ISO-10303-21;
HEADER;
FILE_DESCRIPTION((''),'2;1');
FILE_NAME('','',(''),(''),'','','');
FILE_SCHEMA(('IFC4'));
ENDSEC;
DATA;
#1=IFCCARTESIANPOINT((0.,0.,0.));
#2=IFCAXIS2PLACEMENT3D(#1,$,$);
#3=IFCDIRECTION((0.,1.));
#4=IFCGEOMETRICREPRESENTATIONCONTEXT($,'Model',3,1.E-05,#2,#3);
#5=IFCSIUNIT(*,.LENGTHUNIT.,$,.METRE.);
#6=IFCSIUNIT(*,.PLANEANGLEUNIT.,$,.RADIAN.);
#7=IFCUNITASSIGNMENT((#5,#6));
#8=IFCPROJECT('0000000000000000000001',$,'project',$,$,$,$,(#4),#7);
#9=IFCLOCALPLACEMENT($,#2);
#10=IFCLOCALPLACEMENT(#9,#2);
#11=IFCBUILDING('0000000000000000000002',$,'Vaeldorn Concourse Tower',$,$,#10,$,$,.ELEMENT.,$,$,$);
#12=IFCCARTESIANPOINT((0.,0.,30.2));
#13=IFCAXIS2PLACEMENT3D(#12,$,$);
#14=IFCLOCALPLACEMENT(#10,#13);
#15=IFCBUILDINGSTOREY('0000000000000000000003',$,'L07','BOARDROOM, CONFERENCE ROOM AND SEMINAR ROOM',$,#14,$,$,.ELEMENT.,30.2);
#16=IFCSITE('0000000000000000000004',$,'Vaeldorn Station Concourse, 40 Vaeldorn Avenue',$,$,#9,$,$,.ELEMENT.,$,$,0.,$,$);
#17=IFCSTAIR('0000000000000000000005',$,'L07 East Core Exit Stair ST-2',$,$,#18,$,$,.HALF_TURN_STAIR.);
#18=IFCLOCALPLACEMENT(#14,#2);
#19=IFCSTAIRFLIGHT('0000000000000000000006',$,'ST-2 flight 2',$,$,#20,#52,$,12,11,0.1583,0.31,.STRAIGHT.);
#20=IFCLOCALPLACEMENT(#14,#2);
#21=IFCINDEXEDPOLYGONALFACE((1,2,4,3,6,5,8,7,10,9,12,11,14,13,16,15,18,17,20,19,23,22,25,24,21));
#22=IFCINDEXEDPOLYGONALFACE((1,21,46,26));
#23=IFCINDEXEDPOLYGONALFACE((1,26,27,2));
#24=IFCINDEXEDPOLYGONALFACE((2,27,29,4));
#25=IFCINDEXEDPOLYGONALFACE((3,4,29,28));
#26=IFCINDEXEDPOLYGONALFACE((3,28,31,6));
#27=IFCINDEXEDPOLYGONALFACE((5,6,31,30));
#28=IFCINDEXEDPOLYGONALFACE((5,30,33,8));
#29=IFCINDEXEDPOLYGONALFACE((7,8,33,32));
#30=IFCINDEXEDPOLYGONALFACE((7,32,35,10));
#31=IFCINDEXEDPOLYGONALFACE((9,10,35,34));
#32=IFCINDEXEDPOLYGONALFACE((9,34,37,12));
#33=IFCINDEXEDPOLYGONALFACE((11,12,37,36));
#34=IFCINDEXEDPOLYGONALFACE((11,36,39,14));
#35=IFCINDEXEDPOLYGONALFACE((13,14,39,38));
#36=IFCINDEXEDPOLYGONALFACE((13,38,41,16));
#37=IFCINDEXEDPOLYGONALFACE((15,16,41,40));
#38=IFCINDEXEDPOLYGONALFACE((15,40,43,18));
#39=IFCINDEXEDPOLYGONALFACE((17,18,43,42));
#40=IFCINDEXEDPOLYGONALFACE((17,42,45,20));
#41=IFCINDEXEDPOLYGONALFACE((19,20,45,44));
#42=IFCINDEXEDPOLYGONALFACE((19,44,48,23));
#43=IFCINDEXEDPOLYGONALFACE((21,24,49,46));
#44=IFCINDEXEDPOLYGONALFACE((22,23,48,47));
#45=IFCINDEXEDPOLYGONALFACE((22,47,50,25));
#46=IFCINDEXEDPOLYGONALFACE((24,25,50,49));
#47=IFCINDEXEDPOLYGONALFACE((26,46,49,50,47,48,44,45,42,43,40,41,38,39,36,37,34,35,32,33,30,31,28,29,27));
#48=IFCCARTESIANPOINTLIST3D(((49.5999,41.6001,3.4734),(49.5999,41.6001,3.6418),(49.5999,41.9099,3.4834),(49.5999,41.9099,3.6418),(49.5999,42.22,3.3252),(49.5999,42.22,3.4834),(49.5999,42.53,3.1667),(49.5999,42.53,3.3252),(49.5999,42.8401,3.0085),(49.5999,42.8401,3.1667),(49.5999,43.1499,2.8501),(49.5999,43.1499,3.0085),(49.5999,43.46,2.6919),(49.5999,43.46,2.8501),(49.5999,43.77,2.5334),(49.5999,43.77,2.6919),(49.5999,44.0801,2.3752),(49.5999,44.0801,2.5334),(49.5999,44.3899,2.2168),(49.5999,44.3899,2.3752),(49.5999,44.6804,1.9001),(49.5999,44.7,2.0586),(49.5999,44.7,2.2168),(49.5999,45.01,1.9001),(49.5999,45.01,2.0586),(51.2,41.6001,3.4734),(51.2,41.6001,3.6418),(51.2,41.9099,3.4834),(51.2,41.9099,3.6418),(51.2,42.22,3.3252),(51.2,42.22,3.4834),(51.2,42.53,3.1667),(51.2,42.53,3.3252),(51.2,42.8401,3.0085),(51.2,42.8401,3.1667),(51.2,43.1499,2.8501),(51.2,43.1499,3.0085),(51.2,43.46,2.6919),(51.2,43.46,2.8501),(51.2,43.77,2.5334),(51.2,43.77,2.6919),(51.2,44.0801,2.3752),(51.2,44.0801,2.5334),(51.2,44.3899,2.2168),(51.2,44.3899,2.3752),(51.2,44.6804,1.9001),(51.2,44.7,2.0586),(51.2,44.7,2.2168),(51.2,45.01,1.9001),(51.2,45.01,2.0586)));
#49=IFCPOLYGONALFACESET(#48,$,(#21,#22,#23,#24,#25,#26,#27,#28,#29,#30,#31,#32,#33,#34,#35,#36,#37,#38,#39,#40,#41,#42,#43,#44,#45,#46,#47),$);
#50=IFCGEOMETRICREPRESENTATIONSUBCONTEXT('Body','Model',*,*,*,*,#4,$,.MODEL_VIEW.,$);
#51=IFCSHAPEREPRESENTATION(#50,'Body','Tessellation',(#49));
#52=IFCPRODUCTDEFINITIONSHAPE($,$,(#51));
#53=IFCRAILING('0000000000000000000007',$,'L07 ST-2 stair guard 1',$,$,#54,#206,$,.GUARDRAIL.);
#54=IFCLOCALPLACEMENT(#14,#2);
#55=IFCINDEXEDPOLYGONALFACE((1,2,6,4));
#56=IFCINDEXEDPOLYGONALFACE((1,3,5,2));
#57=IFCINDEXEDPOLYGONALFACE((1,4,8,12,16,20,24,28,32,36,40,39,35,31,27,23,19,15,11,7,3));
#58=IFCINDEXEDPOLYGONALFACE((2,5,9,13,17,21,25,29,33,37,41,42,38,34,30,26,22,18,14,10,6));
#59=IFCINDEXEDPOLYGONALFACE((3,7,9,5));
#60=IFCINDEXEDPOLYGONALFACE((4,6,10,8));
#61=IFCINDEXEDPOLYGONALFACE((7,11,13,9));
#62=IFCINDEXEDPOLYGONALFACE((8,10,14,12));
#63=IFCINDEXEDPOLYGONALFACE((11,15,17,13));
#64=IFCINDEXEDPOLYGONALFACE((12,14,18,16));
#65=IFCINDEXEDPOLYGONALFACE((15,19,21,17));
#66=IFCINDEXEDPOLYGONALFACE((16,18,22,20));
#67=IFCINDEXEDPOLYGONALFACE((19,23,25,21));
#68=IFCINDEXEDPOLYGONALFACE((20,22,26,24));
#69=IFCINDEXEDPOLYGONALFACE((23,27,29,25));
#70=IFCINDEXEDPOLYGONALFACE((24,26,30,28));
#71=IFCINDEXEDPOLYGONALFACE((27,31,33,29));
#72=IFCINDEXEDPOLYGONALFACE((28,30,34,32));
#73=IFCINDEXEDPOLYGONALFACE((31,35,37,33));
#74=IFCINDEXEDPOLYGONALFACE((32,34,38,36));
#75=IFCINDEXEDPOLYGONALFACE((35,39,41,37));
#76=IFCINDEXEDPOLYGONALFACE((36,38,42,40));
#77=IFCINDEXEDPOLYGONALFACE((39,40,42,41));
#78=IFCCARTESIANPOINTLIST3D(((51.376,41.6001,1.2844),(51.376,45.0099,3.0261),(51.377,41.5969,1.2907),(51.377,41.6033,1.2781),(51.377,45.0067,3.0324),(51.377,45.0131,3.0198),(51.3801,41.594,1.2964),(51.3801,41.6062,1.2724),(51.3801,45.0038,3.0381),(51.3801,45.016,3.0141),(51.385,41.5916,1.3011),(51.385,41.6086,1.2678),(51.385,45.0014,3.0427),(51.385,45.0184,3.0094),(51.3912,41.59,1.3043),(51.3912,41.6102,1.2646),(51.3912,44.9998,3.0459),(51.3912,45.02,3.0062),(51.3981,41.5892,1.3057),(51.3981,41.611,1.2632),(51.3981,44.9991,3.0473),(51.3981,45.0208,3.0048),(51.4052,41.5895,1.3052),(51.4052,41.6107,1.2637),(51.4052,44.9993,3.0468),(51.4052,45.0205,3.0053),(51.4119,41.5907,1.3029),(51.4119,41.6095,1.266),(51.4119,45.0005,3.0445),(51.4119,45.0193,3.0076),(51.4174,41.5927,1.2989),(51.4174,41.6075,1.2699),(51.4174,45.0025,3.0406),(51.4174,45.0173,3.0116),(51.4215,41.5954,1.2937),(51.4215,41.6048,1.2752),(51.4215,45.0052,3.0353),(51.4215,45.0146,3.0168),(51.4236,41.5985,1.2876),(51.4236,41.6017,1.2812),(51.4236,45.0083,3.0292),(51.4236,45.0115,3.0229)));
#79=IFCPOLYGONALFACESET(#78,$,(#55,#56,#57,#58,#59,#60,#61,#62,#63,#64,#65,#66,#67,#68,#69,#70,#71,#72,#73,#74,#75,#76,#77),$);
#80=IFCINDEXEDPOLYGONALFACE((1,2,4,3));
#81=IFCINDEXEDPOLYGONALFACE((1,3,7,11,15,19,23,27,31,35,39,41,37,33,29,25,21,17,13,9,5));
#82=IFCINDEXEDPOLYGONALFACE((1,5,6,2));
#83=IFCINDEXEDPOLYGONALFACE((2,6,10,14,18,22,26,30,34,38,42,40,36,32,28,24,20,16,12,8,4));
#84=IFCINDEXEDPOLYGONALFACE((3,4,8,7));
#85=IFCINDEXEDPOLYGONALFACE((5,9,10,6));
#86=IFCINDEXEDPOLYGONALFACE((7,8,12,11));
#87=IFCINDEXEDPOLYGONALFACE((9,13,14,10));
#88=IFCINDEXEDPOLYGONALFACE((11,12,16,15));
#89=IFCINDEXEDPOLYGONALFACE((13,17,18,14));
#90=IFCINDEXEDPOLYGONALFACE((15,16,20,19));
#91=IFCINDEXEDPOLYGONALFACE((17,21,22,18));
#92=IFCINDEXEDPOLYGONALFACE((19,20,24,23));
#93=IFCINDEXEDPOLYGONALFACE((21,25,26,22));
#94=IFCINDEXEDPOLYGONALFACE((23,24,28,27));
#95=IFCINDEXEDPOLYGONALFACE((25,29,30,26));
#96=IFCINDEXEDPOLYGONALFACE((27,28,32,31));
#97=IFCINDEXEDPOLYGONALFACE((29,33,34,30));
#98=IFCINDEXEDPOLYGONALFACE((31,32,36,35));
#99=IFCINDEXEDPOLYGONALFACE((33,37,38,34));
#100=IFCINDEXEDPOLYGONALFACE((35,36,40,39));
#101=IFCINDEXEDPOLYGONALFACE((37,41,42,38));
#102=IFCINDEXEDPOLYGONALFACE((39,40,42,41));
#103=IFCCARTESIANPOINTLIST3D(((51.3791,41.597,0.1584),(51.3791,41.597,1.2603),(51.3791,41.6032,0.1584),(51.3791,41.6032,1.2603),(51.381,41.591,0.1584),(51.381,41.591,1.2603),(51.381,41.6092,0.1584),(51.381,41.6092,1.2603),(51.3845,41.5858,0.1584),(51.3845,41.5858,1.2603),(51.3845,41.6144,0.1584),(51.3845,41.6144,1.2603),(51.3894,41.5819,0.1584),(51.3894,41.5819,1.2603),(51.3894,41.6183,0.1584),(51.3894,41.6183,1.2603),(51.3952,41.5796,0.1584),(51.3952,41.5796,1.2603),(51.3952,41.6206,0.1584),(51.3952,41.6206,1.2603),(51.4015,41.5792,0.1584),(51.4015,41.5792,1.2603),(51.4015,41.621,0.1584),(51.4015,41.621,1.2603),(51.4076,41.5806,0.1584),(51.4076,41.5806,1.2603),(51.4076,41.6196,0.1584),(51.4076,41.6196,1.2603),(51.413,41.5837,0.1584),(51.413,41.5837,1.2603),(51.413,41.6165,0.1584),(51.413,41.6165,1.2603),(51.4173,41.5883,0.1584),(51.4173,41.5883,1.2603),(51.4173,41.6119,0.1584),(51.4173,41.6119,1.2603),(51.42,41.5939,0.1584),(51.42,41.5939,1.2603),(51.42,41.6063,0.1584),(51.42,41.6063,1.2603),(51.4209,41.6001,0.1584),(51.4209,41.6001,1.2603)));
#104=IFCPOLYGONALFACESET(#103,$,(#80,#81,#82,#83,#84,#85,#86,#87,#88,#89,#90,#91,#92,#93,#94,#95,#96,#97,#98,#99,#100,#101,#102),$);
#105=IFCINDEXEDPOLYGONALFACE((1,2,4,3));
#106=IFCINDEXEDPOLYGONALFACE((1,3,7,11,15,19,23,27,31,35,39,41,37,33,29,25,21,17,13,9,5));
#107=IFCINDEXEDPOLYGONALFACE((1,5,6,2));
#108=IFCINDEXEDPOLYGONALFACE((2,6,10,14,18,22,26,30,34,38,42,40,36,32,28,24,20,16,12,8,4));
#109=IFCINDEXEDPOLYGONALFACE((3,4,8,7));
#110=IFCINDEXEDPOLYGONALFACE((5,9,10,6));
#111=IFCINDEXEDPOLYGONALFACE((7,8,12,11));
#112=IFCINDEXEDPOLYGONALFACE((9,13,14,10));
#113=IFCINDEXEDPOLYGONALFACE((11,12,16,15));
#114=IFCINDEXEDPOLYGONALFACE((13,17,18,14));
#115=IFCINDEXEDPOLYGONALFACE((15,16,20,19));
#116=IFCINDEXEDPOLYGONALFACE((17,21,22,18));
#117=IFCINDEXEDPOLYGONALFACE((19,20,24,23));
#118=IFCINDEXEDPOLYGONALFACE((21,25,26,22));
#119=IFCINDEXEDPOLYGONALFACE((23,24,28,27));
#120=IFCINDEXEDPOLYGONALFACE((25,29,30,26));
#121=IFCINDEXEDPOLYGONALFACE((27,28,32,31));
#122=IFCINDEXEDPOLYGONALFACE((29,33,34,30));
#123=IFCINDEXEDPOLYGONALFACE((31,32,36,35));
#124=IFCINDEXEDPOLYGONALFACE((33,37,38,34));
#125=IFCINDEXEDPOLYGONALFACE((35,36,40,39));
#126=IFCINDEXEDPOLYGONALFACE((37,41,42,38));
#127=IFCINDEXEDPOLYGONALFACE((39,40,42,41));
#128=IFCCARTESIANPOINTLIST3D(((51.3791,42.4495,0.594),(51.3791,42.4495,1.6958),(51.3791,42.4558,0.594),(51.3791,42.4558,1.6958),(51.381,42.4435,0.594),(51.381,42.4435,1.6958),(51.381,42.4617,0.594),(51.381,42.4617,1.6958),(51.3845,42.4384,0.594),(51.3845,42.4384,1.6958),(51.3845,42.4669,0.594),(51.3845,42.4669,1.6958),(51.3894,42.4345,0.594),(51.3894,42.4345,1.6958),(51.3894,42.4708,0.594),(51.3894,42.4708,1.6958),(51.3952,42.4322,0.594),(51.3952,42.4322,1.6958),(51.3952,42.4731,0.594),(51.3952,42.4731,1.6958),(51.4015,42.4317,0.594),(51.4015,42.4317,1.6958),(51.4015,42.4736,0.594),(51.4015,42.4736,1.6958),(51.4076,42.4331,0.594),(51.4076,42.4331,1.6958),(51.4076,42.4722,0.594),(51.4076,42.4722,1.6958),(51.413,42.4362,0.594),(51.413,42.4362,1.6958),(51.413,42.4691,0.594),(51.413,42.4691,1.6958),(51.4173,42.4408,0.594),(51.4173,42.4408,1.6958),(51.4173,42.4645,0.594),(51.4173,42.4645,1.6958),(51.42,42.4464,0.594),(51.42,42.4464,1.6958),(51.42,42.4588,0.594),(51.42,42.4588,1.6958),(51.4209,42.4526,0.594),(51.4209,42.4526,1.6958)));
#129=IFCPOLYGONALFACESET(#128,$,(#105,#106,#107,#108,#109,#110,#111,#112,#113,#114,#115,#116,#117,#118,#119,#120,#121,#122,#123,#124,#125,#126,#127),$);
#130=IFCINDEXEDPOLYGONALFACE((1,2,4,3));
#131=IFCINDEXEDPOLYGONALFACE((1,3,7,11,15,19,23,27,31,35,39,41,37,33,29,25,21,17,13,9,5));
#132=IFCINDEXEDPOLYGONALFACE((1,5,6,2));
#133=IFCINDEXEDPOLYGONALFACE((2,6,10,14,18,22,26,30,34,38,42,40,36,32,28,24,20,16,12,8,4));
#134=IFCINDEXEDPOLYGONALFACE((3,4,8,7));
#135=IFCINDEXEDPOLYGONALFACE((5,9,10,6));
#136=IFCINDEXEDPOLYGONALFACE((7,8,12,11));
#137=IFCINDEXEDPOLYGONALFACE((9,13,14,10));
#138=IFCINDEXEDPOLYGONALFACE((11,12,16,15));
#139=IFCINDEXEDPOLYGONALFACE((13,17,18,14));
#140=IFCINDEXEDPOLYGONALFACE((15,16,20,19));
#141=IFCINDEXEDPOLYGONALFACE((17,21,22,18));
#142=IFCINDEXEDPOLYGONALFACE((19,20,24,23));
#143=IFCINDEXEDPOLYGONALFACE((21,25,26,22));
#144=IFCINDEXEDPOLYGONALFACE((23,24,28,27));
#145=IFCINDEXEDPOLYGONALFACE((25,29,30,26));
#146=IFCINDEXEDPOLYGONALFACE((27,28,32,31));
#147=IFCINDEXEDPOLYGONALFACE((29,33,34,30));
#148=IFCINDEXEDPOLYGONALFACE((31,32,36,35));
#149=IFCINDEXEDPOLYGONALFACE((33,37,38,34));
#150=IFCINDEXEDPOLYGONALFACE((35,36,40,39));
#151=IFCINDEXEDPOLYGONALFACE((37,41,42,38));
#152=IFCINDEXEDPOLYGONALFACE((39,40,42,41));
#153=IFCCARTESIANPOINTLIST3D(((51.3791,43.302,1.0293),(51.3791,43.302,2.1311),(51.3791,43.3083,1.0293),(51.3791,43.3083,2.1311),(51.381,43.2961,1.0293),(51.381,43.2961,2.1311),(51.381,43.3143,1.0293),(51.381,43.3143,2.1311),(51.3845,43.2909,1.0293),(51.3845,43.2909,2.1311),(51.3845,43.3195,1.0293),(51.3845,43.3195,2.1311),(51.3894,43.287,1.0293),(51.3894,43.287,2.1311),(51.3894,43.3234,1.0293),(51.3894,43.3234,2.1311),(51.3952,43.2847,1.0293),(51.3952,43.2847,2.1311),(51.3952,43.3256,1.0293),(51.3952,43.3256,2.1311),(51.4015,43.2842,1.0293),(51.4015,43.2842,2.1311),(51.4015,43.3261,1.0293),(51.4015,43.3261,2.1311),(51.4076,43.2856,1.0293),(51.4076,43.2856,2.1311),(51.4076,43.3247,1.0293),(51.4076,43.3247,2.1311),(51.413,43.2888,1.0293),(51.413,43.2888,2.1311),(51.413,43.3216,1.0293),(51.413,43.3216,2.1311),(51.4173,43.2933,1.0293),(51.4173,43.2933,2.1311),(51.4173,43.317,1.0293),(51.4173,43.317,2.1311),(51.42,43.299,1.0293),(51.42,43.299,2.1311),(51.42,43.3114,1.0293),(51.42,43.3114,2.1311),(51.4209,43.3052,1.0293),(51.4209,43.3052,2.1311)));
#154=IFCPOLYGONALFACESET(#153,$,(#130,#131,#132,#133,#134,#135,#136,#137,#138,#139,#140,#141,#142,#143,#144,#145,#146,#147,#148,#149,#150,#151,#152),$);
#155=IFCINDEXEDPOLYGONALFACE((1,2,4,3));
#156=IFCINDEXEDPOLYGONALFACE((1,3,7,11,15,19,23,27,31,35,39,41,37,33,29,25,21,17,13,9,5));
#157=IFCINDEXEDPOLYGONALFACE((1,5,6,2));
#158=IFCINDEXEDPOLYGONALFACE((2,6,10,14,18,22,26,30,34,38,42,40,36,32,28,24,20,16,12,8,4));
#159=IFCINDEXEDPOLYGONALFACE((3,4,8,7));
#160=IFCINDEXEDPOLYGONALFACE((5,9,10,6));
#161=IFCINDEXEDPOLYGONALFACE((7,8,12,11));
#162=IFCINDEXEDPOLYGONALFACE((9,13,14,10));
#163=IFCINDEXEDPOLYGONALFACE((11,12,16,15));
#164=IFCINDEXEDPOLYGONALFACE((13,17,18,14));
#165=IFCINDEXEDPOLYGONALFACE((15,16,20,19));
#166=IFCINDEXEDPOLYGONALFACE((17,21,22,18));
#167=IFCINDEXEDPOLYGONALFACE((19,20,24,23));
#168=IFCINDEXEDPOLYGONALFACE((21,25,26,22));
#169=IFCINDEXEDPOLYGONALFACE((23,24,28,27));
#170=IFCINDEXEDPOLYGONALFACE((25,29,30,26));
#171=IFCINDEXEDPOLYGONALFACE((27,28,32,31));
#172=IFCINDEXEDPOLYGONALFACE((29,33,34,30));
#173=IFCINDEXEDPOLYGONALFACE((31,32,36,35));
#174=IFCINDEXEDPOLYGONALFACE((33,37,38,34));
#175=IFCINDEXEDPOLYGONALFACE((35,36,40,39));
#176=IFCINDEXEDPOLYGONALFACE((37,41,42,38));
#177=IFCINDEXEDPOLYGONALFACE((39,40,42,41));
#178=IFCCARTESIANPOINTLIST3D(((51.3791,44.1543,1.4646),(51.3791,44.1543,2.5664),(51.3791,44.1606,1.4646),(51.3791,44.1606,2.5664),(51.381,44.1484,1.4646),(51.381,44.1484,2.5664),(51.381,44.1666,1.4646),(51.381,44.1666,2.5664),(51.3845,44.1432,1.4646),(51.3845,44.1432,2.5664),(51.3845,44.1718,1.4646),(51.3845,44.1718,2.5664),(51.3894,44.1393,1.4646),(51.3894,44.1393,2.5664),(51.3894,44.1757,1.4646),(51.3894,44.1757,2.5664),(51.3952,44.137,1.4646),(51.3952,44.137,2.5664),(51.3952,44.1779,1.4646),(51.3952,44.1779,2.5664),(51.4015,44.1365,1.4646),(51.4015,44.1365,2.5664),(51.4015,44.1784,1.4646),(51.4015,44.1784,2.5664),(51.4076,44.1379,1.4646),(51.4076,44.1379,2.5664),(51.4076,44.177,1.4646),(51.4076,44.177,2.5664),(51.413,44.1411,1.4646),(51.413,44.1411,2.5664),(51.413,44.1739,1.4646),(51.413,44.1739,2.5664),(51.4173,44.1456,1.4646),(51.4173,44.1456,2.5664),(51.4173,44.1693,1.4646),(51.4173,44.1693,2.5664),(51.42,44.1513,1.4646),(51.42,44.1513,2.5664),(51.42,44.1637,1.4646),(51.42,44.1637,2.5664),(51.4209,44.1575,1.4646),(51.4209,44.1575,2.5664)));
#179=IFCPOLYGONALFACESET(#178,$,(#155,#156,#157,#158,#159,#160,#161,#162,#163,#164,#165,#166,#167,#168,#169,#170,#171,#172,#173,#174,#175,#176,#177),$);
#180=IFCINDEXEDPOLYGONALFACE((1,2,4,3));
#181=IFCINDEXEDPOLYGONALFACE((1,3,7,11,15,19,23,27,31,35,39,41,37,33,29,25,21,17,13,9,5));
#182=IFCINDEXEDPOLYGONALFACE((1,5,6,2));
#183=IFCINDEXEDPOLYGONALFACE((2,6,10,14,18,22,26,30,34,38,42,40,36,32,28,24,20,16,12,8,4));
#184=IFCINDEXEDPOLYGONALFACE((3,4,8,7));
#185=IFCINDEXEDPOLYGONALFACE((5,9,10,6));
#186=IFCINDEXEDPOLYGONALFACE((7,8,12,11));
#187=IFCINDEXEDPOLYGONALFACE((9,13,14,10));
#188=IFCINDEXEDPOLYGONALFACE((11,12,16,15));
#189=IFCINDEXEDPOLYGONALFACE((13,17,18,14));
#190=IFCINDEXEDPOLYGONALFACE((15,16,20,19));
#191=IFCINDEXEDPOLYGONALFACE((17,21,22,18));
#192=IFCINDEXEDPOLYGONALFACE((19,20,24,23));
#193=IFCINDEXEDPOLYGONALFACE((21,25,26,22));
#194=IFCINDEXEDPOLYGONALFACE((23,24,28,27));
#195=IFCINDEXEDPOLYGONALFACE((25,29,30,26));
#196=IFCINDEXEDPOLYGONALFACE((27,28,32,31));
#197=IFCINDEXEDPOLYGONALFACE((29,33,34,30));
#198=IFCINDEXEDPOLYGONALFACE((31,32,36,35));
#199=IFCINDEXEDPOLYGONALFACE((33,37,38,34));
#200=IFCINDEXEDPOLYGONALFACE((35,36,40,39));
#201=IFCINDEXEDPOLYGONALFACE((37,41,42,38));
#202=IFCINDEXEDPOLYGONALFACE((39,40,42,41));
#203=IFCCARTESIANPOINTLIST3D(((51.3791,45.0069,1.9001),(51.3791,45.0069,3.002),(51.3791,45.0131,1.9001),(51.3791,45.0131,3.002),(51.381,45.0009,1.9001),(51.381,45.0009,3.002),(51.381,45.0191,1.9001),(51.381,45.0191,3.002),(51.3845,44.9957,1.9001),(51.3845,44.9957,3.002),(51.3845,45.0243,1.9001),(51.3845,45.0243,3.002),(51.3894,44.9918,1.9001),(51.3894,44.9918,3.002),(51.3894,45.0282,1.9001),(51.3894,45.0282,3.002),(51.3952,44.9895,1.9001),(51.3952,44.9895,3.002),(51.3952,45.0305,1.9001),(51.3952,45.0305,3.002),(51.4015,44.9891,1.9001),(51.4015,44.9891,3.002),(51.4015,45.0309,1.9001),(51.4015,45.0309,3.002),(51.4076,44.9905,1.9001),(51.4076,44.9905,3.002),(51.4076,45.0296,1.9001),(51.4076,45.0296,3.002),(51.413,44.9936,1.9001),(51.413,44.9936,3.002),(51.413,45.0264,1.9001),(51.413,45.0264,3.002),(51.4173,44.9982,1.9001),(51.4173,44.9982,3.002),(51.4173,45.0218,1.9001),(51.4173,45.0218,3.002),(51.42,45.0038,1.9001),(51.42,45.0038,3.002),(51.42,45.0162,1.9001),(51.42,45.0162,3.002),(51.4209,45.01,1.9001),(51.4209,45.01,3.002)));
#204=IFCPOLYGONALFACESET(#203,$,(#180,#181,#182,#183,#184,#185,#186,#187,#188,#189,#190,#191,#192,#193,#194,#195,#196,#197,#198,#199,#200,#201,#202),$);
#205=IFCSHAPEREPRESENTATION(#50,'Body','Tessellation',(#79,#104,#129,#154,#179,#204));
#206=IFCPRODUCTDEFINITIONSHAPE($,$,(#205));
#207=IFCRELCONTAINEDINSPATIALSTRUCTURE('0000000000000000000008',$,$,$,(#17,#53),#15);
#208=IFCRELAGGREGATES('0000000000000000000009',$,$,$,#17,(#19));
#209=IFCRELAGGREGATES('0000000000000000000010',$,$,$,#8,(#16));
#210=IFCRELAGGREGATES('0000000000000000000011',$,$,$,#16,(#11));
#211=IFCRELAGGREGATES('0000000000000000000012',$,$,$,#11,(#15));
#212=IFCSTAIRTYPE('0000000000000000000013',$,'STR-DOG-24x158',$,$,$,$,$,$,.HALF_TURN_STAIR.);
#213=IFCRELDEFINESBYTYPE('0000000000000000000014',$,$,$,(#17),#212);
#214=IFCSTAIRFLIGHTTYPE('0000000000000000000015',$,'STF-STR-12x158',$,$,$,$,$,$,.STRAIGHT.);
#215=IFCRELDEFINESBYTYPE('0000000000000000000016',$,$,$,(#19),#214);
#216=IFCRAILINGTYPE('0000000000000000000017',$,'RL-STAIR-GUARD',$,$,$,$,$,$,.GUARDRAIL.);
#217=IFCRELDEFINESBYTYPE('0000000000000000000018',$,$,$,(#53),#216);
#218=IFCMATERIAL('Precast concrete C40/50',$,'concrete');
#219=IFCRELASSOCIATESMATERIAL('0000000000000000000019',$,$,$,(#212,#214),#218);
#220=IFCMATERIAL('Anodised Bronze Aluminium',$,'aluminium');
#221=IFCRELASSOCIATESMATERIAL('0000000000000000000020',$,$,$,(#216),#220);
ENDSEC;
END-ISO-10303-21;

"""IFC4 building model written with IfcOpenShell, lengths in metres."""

from ifc_helpers import new_model, si_unit, direction, frame, origin, origin_2d, place, context, subcontext, project, spatial, polyline, circle, outline, extrude, material, type_object, element, aggregate, save


model = new_model("IFC4")

# Units and contexts
model_context = context("Model", 3, precision=1e-05, world=origin(), true_north=direction((0.0, 1.0)))
body_context = subcontext(model_context, "Body", "Model", "MODEL_VIEW")
ifc_project = project(units=[si_unit("LENGTHUNIT", "METRE"), si_unit("PLANEANGLEUNIT", "RADIAN")], contexts=[model_context])

# Site, building, storey
site_placement = place(None, origin())
site = spatial("IfcSite", under=ifc_project, at=site_placement, Name="Vaeldorn Station Concourse, 40 Vaeldorn Avenue", CompositionType="ELEMENT", RefElevation=0.0)
building_placement = place(site_placement, origin())
building = spatial("IfcBuilding", under=site, at=building_placement, Name="Vaeldorn Concourse Tower", CompositionType="ELEMENT")
storey_placement = place(building_placement, frame((0.0, 0.0, 30.2)))
storey = spatial("IfcBuildingStorey", under=building, at=storey_placement, Name="L07", Description="BOARDROOM, CONFERENCE ROOM AND SEMINAR ROOM", CompositionType="ELEMENT", Elevation=30.2)

# Shared definitions
ifc_material_1 = material(Name="Anodised Bronze Aluminium", Category="aluminium")

# Stair, stair flight
ifc_material_2 = material(Name="Precast concrete C40/50", Category="concrete")
stair_type = type_object("IfcStairType", Name="STR-DOG-24x158", PredefinedType="HALF_TURN_STAIR", material=ifc_material_2)
stair_placement = place(storey_placement, origin())
stair = element("IfcStair", 1, at=stair_placement, inside=storey, type_object=stair_type, Name="L07 East Core Exit Stair ST-2", PredefinedType="HALF_TURN_STAIR")
stair_flight_type = type_object("IfcStairFlightType", Name="STF-STR-12x158", PredefinedType="STRAIGHT", material=ifc_material_2)
stair_flight_1_placement = place(storey_placement, frame((50.3999, 45.01, 1.9001), z_axis=(0.0, 0.0, 1.0), x_axis=(0.0, -1.0, 0.0)))
stair_flight_1 = element("IfcStairFlight", 2, at=stair_flight_1_placement, type_object=stair_flight_type, Name="ST-2 flight 2", NumberOfRisers=12, NumberOfTreads=11, PredefinedType="STRAIGHT", RiserHeight=0.1583, TreadLength=0.31, context=body_context, shape_type="SweptSolid", body=[
    extrude(outline(polyline([(0.0, 0.0), (0.0, 0.1584), (0.3101, 0.1584), (0.3101, 0.3167), (0.6201, 0.3167), (0.6201, 0.4751), (0.9299, 0.4751), (0.9299, 0.6333), (1.24, 0.6333), (1.24, 0.7917), (1.55, 0.7917), (1.55, 0.95), (1.8601, 0.95), (1.8601, 1.1084), (2.1699, 1.1084), (2.1699, 1.2666), (2.48, 1.2666), (2.48, 1.425), (2.79, 1.425), (2.79, 1.5833), (3.1001, 1.5833), (3.1001, 1.7417), (3.4099, 1.7417), (3.4099, 1.8999), (3.4099, 1.5732), (0.3296, 0.0), (0.0, 0.0)])), frame((0.0, 0.8, 0.0), z_axis=(0.0, -1.0, 0.0), x_axis=(1.0, 0.0, 0.0)), (0.0, 0.0, 1.0), 1.6001),
])
aggregate(stair, [stair_flight_1])

# Railing
railing_type_1 = type_object("IfcRailingType", Name="RL-STAIR-GUARD", PredefinedType="GUARDRAIL", material=ifc_material_1)
railing_1_placement = place(storey_placement, frame((51.3999, 41.6001, 0.1584)))
element("IfcRailing", 3, at=railing_1_placement, inside=storey, type_object=railing_type_1, Name="L07 ST-2 stair guard 1", PredefinedType="GUARDRAIL", context=body_context, shape_type="SweptSolid", body=[
    extrude(circle(Radius=0.0239, at=origin_2d()), frame((0.0, 0.0, 1.126), z_axis=(0.0, 0.890556, 0.454874), x_axis=(-1.0, 0.0, 0.0)), (0.0, 0.0, 1.0), 3.8289),
    extrude(circle(Radius=0.021, at=origin_2d()), origin(), (0.0, 0.0, 1.0), 1.1018),
    extrude(circle(Radius=0.021, at=origin_2d()), frame((0.0, 0.8525, 0.4355)), (0.0, 0.0, 1.0), 1.1018),
    extrude(circle(Radius=0.021, at=origin_2d()), frame((0.0, 1.7051, 0.8708)), (0.0, 0.0, 1.0), 1.1018),
    extrude(circle(Radius=0.021, at=origin_2d()), frame((0.0, 2.5574, 1.3062)), (0.0, 0.0, 1.0), 1.1018),
    extrude(circle(Radius=0.021, at=origin_2d()), frame((0.0, 3.4099, 1.7417)), (0.0, 0.0, 1.0), 1.1018),
])

save(model, "model.ifc")
